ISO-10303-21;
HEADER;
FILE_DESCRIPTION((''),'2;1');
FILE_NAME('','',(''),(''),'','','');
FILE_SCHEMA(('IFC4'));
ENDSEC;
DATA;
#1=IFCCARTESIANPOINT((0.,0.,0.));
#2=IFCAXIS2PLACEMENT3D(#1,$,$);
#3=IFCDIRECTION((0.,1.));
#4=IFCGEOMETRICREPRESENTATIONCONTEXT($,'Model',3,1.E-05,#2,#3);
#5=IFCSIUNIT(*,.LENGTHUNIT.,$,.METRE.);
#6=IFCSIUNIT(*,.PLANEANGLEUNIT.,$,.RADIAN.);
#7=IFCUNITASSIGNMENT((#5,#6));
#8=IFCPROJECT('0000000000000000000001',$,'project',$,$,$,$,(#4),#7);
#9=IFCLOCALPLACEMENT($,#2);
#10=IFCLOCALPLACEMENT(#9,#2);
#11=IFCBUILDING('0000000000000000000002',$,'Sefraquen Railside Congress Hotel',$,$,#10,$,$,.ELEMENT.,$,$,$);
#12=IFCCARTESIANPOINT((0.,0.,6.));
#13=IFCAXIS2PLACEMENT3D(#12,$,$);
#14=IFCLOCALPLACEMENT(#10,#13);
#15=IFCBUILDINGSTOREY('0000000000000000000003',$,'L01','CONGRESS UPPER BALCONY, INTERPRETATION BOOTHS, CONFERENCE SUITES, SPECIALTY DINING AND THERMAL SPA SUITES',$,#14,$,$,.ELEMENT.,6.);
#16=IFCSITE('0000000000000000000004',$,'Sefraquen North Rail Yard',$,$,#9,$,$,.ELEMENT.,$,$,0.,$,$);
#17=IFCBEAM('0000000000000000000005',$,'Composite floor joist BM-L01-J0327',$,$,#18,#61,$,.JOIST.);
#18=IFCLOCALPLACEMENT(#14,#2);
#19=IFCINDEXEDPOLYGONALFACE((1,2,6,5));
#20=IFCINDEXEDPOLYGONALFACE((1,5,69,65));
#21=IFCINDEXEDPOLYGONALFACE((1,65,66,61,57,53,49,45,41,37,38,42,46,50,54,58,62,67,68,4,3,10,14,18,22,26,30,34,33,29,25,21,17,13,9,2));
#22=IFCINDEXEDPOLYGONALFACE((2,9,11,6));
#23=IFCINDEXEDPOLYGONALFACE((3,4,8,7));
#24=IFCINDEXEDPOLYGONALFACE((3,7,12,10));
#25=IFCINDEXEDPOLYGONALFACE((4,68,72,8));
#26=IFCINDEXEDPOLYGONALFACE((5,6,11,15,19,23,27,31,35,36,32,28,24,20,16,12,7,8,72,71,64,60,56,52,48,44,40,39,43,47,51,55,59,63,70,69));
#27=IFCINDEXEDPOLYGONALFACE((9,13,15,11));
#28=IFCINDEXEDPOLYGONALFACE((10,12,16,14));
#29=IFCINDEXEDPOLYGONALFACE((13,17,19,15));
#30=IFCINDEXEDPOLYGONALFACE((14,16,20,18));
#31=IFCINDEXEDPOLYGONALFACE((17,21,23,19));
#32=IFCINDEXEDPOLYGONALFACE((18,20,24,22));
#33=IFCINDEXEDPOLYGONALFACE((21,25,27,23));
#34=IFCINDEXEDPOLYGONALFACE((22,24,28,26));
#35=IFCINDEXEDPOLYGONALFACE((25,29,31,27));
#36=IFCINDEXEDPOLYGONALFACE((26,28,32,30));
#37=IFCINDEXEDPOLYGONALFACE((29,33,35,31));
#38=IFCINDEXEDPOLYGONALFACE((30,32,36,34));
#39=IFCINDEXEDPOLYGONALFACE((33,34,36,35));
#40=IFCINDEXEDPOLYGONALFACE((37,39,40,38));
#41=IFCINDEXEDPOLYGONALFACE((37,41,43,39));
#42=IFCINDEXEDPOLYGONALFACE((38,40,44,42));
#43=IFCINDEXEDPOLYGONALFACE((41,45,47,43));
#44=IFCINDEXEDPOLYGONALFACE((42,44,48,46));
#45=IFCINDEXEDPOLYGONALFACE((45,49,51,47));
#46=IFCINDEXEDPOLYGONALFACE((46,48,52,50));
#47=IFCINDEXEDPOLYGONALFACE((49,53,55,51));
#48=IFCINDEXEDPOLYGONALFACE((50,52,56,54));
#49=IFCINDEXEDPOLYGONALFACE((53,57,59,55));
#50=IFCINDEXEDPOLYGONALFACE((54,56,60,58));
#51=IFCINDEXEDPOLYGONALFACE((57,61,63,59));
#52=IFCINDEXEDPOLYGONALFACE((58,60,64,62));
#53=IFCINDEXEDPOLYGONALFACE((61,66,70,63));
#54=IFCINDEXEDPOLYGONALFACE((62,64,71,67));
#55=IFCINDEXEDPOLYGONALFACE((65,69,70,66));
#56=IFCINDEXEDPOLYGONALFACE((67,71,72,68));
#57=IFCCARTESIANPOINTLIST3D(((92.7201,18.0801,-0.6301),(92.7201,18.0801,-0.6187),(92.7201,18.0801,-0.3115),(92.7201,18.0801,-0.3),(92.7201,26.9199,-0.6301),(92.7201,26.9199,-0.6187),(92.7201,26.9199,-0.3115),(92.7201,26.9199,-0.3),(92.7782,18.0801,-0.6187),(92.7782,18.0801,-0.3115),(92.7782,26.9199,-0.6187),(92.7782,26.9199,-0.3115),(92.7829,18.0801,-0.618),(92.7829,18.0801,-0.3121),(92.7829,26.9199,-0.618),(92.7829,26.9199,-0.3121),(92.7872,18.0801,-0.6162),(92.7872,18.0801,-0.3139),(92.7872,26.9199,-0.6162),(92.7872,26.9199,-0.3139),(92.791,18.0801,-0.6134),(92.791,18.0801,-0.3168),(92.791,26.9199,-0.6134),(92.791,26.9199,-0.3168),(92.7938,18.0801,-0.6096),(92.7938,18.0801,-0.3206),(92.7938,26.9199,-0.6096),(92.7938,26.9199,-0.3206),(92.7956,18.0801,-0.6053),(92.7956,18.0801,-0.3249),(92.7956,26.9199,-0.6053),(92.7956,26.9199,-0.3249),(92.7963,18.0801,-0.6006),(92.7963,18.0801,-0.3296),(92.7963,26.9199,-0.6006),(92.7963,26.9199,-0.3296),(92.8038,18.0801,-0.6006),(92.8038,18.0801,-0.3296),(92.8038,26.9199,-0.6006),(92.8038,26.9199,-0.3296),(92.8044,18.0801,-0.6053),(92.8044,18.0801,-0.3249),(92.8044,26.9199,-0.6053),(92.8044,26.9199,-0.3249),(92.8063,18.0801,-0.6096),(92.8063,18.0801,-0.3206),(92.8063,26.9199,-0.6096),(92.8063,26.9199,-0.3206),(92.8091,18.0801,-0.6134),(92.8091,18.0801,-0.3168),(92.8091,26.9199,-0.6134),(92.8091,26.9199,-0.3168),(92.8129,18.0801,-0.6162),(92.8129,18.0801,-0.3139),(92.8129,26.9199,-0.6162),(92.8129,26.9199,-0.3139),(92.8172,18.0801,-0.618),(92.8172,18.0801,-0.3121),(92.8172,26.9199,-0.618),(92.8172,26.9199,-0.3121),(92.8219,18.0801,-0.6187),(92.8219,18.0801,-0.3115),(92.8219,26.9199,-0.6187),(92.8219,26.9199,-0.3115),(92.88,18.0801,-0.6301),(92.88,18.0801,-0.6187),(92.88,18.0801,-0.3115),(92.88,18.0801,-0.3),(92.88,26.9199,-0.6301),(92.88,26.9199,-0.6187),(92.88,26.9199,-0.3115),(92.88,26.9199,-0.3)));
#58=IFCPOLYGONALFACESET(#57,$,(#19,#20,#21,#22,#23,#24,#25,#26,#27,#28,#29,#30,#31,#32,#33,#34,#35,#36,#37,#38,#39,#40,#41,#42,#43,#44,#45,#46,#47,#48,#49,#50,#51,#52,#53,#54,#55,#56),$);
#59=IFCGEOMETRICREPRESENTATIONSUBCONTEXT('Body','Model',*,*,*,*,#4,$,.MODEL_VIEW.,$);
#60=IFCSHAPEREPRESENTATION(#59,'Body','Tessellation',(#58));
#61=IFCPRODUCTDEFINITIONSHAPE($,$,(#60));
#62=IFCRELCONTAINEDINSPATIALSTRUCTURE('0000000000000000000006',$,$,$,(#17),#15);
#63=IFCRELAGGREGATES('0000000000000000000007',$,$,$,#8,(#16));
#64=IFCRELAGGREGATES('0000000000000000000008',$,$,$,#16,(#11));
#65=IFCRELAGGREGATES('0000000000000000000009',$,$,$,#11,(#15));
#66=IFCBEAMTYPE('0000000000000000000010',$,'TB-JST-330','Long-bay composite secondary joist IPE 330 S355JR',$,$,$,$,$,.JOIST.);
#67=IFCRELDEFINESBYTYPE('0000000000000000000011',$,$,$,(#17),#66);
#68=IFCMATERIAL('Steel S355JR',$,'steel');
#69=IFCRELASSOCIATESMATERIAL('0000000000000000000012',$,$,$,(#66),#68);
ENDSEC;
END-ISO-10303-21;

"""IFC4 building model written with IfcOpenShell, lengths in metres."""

from ifc_helpers import new_model, si_unit, direction, frame, origin, origin_2d, place, context, subcontext, project, spatial, i_section, extrude, material, material_profile, profile_set, type_object, element, save


model = new_model("IFC4")

# Units and contexts
model_context = context("Model", 3, precision=1e-05, world=origin(), true_north=direction((0.0, 1.0)))
body_context = subcontext(model_context, "Body", "Model", "MODEL_VIEW")
ifc_project = project(units=[si_unit("LENGTHUNIT", "METRE"), si_unit("PLANEANGLEUNIT", "RADIAN")], contexts=[model_context])

# Site, building, storey
site_placement = place(None, origin())
site = spatial("IfcSite", under=ifc_project, at=site_placement, Name="Sefraquen North Rail Yard", CompositionType="ELEMENT", RefElevation=0.0)
building_placement = place(site_placement, origin())
building = spatial("IfcBuilding", under=site, at=building_placement, Name="Sefraquen Railside Congress Hotel", CompositionType="ELEMENT")
storey_placement = place(building_placement, frame((0.0, 0.0, 6.0)))
storey = spatial("IfcBuildingStorey", under=building, at=storey_placement, Name="L01", Description="CONGRESS UPPER BALCONY, INTERPRETATION BOOTHS, CONFERENCE SUITES, SPECIALTY DINING AND THERMAL SPA SUITES", CompositionType="ELEMENT", Elevation=6.0)

# Shared definitions
ifc_material_1 = material(Name="Steel S355JR", Category="steel")

# Beam
ifc_material_profile_1 = material_profile(ifc_material_1, i_section(OverallWidth=0.1599, OverallDepth=0.3301, WebThickness=0.0076, FlangeThickness=0.0115, FilletRadius=0.0181, at=origin_2d()), Name="IPE 330")
ifc_profile_set_1 = profile_set([ifc_material_profile_1], Name="Steel S355JR")
beam_type_1 = type_object("IfcBeamType", Name="TB-JST-330", Description="Long-bay composite secondary joist IPE 330 S355JR", PredefinedType="JOIST", material=ifc_profile_set_1)
for number, where, z_axis, x_axis, name in (
    (1, (92.8, 18.0801, -0.4651), (0.0, 1.0, 0.0), (-1.0, 0.0, 0.0), "Composite floor joist BM-L01-J0327"),
):
    element("IfcBeam", number, at=place(storey_placement, frame(where, z_axis=z_axis, x_axis=x_axis)), inside=storey, type_object=beam_type_1, Name=name, PredefinedType="JOIST", context=body_context, shape_type="SweptSolid", body=[
        extrude(i_section(OverallWidth=0.1599, OverallDepth=0.3301, WebThickness=0.0076, FlangeThickness=0.0115, FilletRadius=0.0181, at=origin_2d()), origin(), (0.0, 0.0, 1.0), 8.8398),
    ])

save(model, "model.ifc")
